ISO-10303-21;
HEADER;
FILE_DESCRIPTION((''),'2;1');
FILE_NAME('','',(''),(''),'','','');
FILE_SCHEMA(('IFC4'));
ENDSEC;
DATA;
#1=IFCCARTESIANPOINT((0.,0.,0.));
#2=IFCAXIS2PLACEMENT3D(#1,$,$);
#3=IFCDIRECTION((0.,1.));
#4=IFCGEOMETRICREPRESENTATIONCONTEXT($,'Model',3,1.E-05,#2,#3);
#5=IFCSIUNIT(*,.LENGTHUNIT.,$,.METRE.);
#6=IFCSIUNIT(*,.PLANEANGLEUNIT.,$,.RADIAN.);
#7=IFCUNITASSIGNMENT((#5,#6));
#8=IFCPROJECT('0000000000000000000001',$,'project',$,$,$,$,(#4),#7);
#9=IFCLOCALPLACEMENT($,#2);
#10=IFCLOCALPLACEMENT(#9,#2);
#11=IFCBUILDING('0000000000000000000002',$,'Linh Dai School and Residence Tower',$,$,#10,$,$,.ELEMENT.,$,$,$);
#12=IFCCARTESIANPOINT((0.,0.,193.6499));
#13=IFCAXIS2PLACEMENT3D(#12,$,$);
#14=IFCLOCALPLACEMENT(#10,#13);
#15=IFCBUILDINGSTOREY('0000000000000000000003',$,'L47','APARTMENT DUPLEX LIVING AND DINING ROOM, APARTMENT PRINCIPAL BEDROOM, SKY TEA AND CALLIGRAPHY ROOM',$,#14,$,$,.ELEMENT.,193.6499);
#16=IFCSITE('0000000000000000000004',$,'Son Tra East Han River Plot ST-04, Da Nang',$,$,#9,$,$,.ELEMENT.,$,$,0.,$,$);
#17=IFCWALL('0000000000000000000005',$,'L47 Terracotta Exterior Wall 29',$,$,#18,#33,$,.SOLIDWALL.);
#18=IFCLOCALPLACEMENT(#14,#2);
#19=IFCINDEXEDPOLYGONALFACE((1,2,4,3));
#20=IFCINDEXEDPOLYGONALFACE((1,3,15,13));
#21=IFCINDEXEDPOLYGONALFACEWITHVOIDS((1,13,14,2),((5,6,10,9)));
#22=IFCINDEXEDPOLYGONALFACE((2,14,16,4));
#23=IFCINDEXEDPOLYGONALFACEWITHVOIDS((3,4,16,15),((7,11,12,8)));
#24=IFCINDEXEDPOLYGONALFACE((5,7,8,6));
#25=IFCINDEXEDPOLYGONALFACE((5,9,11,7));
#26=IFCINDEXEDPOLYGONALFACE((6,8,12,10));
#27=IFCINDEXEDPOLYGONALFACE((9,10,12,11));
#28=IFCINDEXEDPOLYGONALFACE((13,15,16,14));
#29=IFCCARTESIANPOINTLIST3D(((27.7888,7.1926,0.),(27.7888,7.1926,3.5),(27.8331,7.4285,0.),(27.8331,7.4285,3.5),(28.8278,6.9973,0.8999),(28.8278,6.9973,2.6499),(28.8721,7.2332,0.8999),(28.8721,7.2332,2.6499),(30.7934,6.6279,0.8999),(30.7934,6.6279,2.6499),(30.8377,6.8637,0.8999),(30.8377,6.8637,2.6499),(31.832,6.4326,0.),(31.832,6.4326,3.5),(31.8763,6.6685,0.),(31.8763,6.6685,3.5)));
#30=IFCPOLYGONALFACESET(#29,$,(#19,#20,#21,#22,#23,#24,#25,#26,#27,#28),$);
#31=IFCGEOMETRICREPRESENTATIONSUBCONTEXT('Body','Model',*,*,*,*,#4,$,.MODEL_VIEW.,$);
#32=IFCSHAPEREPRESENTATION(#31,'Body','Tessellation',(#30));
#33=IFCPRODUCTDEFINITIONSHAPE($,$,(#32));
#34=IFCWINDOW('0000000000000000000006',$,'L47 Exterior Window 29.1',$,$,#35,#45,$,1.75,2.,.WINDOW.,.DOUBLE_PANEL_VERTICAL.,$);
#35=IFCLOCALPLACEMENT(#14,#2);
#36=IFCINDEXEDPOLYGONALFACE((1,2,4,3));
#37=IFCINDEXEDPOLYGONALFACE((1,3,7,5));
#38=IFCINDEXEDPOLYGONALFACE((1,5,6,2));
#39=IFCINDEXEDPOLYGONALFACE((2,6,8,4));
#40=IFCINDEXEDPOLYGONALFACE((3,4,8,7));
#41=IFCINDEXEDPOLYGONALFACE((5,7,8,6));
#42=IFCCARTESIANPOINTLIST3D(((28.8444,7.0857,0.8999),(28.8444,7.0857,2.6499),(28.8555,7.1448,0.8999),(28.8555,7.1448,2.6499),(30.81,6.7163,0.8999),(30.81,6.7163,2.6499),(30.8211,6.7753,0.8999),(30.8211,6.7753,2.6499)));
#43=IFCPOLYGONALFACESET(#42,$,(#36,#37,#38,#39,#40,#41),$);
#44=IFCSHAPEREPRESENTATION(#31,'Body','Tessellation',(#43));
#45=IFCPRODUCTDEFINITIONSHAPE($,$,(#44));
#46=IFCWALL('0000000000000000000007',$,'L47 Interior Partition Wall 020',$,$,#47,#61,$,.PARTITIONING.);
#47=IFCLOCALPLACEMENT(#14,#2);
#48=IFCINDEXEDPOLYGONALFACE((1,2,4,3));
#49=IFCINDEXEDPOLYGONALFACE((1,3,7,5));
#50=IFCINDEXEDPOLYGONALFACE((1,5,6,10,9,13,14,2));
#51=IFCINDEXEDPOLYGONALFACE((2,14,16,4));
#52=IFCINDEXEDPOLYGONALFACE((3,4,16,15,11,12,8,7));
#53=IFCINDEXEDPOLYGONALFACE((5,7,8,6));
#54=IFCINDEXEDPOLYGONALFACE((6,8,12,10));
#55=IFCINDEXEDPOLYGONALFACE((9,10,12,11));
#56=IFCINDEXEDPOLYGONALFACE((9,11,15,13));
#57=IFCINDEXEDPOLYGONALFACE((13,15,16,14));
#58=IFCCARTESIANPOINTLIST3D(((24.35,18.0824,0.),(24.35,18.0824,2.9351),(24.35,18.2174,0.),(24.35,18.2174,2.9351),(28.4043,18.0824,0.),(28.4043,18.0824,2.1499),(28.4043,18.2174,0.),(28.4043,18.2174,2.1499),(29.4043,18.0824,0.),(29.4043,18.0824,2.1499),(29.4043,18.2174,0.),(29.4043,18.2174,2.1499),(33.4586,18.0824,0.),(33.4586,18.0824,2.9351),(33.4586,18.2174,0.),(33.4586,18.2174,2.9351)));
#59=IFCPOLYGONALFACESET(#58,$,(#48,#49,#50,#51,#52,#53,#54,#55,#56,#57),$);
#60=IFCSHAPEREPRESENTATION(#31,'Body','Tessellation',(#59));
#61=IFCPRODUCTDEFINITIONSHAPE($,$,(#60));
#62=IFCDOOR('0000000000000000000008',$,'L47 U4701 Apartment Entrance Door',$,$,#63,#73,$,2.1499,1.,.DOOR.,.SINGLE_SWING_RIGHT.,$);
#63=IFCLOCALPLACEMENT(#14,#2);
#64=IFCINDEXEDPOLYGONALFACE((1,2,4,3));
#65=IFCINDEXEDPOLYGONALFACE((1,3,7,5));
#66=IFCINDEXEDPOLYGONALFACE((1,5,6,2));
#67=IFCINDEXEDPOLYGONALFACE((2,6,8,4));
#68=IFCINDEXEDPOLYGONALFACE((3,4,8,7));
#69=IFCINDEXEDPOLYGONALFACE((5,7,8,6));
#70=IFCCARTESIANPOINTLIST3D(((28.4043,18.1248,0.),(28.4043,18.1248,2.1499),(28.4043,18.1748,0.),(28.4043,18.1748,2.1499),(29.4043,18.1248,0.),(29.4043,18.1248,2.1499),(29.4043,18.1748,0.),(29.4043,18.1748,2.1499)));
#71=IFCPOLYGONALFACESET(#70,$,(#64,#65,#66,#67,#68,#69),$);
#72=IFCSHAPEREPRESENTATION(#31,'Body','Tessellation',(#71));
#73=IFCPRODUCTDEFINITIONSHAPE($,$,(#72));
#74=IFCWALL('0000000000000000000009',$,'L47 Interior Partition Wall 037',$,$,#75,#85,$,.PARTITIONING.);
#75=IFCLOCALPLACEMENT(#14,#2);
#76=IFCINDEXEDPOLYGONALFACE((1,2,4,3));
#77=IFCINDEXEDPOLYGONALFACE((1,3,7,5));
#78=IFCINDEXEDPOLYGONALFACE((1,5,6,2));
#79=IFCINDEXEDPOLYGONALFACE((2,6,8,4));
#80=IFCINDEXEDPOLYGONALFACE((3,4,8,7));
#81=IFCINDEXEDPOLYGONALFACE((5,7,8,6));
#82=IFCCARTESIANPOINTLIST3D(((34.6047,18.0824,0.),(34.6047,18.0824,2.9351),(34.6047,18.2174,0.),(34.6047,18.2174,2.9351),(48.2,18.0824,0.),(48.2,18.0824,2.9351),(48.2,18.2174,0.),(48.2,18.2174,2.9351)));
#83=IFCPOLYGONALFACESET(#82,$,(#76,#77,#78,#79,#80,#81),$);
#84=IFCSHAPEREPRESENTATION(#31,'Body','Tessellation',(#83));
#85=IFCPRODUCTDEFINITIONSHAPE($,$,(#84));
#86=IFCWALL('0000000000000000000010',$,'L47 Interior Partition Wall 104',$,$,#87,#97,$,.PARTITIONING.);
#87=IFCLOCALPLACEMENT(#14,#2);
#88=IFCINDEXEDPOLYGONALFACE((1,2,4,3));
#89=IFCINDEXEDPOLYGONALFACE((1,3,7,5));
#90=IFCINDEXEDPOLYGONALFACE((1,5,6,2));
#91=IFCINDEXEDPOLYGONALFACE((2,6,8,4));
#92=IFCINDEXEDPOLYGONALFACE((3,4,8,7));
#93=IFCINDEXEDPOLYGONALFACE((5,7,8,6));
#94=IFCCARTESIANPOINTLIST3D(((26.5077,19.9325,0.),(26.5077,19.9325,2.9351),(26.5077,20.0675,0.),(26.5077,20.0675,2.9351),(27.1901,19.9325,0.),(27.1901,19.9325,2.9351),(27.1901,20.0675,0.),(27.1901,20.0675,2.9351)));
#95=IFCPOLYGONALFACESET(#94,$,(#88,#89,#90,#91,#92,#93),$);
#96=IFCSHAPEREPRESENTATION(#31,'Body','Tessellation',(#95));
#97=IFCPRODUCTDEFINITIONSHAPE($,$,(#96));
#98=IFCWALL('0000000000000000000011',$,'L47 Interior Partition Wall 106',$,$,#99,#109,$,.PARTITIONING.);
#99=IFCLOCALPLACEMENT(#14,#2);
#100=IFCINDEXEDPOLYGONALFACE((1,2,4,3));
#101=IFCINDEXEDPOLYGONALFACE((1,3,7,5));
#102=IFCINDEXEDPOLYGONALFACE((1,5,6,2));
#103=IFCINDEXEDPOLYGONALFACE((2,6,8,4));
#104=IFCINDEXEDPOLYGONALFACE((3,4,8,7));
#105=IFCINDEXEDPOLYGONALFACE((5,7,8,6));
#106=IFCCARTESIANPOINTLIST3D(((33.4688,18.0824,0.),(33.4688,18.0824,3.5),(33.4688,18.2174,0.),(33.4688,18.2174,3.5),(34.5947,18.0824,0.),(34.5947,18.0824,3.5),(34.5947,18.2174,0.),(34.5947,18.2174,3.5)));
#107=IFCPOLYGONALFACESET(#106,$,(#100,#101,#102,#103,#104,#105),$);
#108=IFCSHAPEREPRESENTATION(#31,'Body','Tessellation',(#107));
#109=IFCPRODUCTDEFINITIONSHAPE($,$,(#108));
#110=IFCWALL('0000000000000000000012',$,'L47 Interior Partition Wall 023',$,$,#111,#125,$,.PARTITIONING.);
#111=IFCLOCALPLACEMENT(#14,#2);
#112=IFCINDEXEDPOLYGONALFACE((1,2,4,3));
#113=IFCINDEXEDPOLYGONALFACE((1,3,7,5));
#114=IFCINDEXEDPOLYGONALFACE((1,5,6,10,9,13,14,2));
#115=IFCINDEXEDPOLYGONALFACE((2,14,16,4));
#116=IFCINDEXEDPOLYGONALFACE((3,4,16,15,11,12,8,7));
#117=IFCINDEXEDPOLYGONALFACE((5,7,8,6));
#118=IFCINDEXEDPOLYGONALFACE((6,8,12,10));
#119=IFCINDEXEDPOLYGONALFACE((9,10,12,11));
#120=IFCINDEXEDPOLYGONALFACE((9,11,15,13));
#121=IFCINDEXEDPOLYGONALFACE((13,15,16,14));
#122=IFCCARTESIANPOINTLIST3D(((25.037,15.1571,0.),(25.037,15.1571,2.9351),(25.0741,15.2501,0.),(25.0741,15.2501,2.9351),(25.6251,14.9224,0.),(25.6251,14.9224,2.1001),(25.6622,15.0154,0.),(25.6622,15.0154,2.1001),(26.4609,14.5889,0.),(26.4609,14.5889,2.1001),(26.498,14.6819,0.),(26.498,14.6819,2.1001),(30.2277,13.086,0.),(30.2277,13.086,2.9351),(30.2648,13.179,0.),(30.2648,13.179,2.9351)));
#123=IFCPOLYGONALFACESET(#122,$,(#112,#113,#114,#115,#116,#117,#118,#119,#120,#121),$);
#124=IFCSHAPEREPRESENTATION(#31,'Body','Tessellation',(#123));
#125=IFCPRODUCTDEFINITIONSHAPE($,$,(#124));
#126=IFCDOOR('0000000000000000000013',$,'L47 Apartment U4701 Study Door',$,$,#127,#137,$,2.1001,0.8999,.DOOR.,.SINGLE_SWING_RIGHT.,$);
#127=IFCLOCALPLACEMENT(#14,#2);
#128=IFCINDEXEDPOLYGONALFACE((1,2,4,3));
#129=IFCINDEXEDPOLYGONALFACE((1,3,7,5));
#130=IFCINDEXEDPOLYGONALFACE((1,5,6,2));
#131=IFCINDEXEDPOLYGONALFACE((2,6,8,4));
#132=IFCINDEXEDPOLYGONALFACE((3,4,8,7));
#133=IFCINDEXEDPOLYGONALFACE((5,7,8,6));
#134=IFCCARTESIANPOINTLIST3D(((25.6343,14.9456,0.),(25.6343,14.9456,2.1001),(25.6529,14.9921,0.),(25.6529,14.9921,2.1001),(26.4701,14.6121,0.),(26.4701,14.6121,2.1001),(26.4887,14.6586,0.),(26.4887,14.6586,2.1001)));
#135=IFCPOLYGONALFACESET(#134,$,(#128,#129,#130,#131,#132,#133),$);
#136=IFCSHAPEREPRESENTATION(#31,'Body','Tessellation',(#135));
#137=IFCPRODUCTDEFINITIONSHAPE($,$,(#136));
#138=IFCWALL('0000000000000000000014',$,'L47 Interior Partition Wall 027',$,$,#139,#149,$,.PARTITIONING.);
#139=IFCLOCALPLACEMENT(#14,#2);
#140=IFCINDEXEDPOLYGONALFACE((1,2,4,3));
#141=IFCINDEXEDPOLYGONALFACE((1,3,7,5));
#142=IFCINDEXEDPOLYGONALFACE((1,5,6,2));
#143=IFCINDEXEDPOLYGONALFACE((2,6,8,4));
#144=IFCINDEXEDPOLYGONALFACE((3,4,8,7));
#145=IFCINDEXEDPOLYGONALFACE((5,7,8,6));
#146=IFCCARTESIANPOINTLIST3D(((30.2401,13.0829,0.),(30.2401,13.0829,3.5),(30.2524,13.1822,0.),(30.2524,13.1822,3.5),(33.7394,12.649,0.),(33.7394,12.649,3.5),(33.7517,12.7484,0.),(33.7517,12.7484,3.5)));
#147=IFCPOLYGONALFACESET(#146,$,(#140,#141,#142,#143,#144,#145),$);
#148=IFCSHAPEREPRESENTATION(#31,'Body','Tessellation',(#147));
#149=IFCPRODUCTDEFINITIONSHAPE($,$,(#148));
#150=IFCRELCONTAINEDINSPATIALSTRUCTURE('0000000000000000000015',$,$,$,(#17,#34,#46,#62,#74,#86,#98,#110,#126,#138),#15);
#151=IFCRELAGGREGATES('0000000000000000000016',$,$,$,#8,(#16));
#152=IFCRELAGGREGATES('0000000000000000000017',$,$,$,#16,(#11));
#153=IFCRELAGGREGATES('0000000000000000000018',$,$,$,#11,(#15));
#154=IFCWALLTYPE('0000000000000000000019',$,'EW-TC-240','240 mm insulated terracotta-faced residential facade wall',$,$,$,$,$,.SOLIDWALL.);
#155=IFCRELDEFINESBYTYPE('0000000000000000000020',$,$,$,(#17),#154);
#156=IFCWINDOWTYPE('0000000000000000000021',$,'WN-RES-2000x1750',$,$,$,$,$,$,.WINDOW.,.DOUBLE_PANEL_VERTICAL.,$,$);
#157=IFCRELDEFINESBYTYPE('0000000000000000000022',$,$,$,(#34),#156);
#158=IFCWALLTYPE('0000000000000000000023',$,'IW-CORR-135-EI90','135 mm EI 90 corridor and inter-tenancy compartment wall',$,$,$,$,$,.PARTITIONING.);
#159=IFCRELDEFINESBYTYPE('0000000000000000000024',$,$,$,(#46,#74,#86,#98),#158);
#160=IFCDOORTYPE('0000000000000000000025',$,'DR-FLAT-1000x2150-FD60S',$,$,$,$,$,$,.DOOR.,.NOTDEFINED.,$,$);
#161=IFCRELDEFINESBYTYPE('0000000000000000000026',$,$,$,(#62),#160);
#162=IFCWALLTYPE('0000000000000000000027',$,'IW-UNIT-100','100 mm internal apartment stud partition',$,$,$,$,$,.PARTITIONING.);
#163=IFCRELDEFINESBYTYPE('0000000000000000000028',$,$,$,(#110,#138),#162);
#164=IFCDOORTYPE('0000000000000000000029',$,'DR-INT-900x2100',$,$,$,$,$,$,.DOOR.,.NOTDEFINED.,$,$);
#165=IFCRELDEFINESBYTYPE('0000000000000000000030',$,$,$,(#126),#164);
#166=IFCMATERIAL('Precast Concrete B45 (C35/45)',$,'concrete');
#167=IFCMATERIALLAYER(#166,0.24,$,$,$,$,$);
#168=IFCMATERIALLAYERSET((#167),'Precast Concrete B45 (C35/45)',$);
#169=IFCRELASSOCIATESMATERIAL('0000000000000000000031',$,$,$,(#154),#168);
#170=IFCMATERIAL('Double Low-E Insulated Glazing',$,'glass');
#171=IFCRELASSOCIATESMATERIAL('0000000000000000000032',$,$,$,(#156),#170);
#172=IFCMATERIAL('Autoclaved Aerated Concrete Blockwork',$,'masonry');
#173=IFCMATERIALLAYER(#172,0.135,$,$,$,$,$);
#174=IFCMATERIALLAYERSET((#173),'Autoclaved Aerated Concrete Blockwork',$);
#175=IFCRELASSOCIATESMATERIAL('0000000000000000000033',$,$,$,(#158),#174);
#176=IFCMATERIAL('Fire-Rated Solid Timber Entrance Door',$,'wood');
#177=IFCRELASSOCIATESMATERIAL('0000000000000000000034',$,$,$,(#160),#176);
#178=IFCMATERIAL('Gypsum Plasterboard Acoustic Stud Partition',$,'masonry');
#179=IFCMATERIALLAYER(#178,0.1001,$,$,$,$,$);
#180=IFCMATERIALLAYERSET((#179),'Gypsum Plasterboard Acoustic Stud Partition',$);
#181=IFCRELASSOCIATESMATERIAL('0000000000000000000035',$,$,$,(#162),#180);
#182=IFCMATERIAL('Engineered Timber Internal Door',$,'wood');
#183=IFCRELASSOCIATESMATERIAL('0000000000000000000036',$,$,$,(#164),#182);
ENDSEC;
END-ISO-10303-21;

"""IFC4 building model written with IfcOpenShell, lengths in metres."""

from ifc_helpers import new_model, si_unit, direction, frame, frame_2d, origin, origin_2d, place, context, subcontext, project, spatial, rectangle, extrude, source, transform, mapped, material, layer, layer_set, type_object, element, fill, save


model = new_model("IFC4")

# Units and contexts
model_context = context("Model", 3, precision=1e-05, world=origin(), true_north=direction((0.0, 1.0)))
body_context = subcontext(model_context, "Body", "Model", "MODEL_VIEW")
ifc_project = project(units=[si_unit("LENGTHUNIT", "METRE"), si_unit("PLANEANGLEUNIT", "RADIAN")], contexts=[model_context])

# Site, building, storey
site_placement = place(None, origin())
site = spatial("IfcSite", under=ifc_project, at=site_placement, Name="Son Tra East Han River Plot ST-04, Da Nang", CompositionType="ELEMENT", RefElevation=0.0)
building_placement = place(site_placement, origin())
building = spatial("IfcBuilding", under=site, at=building_placement, Name="Linh Dai School and Residence Tower", CompositionType="ELEMENT")
storey_placement = place(building_placement, frame((0.0, 0.0, 193.6499)))
storey = spatial("IfcBuildingStorey", under=building, at=storey_placement, Name="L47", Description="APARTMENT DUPLEX LIVING AND DINING ROOM, APARTMENT PRINCIPAL BEDROOM, SKY TEA AND CALLIGRAPHY ROOM", CompositionType="ELEMENT", Elevation=193.6499)

# Shared definitions
ifc_material_1 = material(Name="Precast Concrete B45 (C35/45)", Category="concrete")

# Wall, opening, window
ifc_layer_1 = layer(ifc_material_1, 0.24)
ifc_layer_set_1 = layer_set([ifc_layer_1], Name="Precast Concrete B45 (C35/45)")
wall_type_1 = type_object("IfcWallType", Name="EW-TC-240", Description="240 mm insulated terracotta-faced residential facade wall", PredefinedType="SOLIDWALL", material=ifc_layer_set_1)
ifc_material_2 = material(Name="Double Low-E Insulated Glazing", Category="glass")
window_type = type_object("IfcWindowType", Name="WN-RES-2000x1750", PartitioningType="DOUBLE_PANEL_VERTICAL", PredefinedType="WINDOW", material=ifc_material_2)
shared_shape_1 = source(origin(), body_context, "Body", "SweptSolid", [
    extrude(rectangle(XDim=2.0, YDim=1.75, at=origin_2d()), frame((1.0, 0.03, 0.875), z_axis=(0.0, -1.0, 0.0), x_axis=(1.0, 0.0, 0.0)), (0.0, 0.0, 1.0), 0.0601),
])
wall_1_placement = place(storey_placement, frame((31.8542, 6.5505, 0.0), z_axis=(0.0, 0.0, 1.0), x_axis=(-0.982788, 0.184736, 0.0)))
wall_1 = element("IfcWall", 1, at=wall_1_placement, inside=storey, type_object=wall_type_1, Name="L47 Terracotta Exterior Wall 29", PredefinedType="SOLIDWALL", context=body_context, shape_type="SweptSolid", body=[
    extrude(rectangle(XDim=4.114, YDim=0.24, at=frame_2d((2.0571, 0.0))), origin(), (0.0, 0.0, 1.0), 3.5),
])
opening_1_placement = place(wall_1_placement, frame((1.0569, 0.0, 0.8999)))
opening_1 = element("IfcOpeningElement", 2, at=opening_1_placement, cuts=wall_1, PredefinedType="OPENING", context=body_context, shape_type="SweptSolid", body=[
    extrude(rectangle(XDim=2.0, YDim=1.75, at=origin_2d()), frame((1.0, 0.1299, 0.875), z_axis=(0.0, -1.0, 0.0), x_axis=(1.0, 0.0, 0.0)), (0.0, 0.0, 1.0), 0.26),
])
window_1_placement = place(opening_1_placement, origin())
window_1 = element("IfcWindow", 3, at=window_1_placement, inside=storey, type_object=window_type, Name="L47 Exterior Window 29.1", OverallHeight=1.75, OverallWidth=2.0, PartitioningType="DOUBLE_PANEL_VERTICAL", PredefinedType="WINDOW", context=body_context, shape_type="MappedRepresentation", body=[
    mapped(shared_shape_1, transform((0.0, 0.0, 0.0), x_axis=(1.0, 0.0, 0.0), y_axis=(0.0, 1.0, 0.0), z_axis=(0.0, 0.0, 1.0), scale=1.0)),
])
fill(opening_1, window_1)

# Wall, opening, door
ifc_material_3 = material(Name="Autoclaved Aerated Concrete Blockwork", Category="masonry")
ifc_layer_2 = layer(ifc_material_3, 0.135)
ifc_layer_set_2 = layer_set([ifc_layer_2], Name="Autoclaved Aerated Concrete Blockwork")
wall_type_2 = type_object("IfcWallType", Name="IW-CORR-135-EI90", Description="135 mm EI 90 corridor and inter-tenancy compartment wall", PredefinedType="PARTITIONING", material=ifc_layer_set_2)
wall_2_placement = place(storey_placement, frame((24.3501, 18.1499, 0.0), z_axis=(0.0, 0.0, 1.0), x_axis=(1.0, 0.0, 0.0)))
wall_2 = element("IfcWall", 4, at=wall_2_placement, inside=storey, type_object=wall_type_2, Name="L47 Interior Partition Wall 020", PredefinedType="PARTITIONING", context=body_context, shape_type="SweptSolid", body=[
    extrude(rectangle(XDim=9.1086, YDim=0.135, at=frame_2d((4.5542, 0.0))), origin(), (0.0, 0.0, 1.0), 2.9351),
])
opening_2_placement = place(wall_2_placement, frame((4.0542, 0.0, 0.0)))
opening_2 = element("IfcOpeningElement", 5, at=opening_2_placement, cuts=wall_2, PredefinedType="OPENING", context=body_context, shape_type="SweptSolid", body=[
    extrude(rectangle(XDim=1.0, YDim=2.1499, at=origin_2d()), frame((0.5, 0.0776, 1.075), z_axis=(0.0, -1.0, 0.0), x_axis=(1.0, 0.0, 0.0)), (0.0, 0.0, 1.0), 0.155),
])
ifc_material_4 = material(Name="Fire-Rated Solid Timber Entrance Door", Category="wood")
door_type_1 = type_object("IfcDoorType", Name="DR-FLAT-1000x2150-FD60S", OperationType="NOTDEFINED", PredefinedType="DOOR", material=ifc_material_4)
shared_shape_2 = source(origin(), body_context, "Body", "SweptSolid", [
    extrude(rectangle(XDim=1.0, YDim=2.1499, at=origin_2d()), frame((0.5, 0.0249, 1.075), z_axis=(0.0, -1.0, 0.0), x_axis=(1.0, 0.0, 0.0)), (0.0, 0.0, 1.0), 0.05),
])
door_1_placement = place(opening_2_placement, origin())
door_1 = element("IfcDoor", 6, at=door_1_placement, inside=storey, type_object=door_type_1, Name="L47 U4701 Apartment Entrance Door", OperationType="SINGLE_SWING_RIGHT", OverallHeight=2.1499, OverallWidth=1.0, PredefinedType="DOOR", context=body_context, shape_type="MappedRepresentation", body=[
    mapped(shared_shape_2, transform((0.0, 0.0, 0.0), x_axis=(1.0, 0.0, 0.0), y_axis=(0.0, 1.0, 0.0), z_axis=(0.0, 0.0, 1.0), scale=1.0)),
])
fill(opening_2, door_1)

# Walls
wall_3_placement = place(storey_placement, frame((34.6047, 18.1499, 0.0), z_axis=(0.0, 0.0, 1.0), x_axis=(1.0, 0.0, 0.0)))
element("IfcWall", 7, at=wall_3_placement, inside=storey, type_object=wall_type_2, Name="L47 Interior Partition Wall 037", PredefinedType="PARTITIONING", context=body_context, shape_type="SweptSolid", body=[
    extrude(rectangle(XDim=13.5952, YDim=0.135, at=frame_2d((6.7976, 0.0))), origin(), (0.0, 0.0, 1.0), 2.9351),
])
wall_4_placement = place(storey_placement, frame((26.5076, 20.0, 0.0), z_axis=(0.0, 0.0, 1.0), x_axis=(1.0, 0.0, 0.0)))
element("IfcWall", 8, at=wall_4_placement, inside=storey, type_object=wall_type_2, Name="L47 Interior Partition Wall 104", PredefinedType="PARTITIONING", context=body_context, shape_type="SweptSolid", body=[
    extrude(rectangle(XDim=0.6824, YDim=0.135, at=frame_2d((0.3413, 0.0))), origin(), (0.0, 0.0, 1.0), 2.9351),
])
wall_5_placement = place(storey_placement, frame((34.5947, 18.1499, 0.0), z_axis=(0.0, 0.0, 1.0), x_axis=(-1.0, 0.0, 0.0)))
element("IfcWall", 9, at=wall_5_placement, inside=storey, type_object=wall_type_2, Name="L47 Interior Partition Wall 106", PredefinedType="PARTITIONING", context=body_context, shape_type="SweptSolid", body=[
    extrude(rectangle(XDim=1.126, YDim=0.135, at=frame_2d((0.563, 0.0))), origin(), (0.0, 0.0, 1.0), 3.5),
])

# Wall, opening, door
ifc_material_5 = material(Name="Gypsum Plasterboard Acoustic Stud Partition", Category="masonry")
ifc_layer_3 = layer(ifc_material_5, 0.1001)
ifc_layer_set_3 = layer_set([ifc_layer_3], Name="Gypsum Plasterboard Acoustic Stud Partition")
wall_type_3 = type_object("IfcWallType", Name="IW-UNIT-100", Description="100 mm internal apartment stud partition", PredefinedType="PARTITIONING", material=ifc_layer_set_3)
wall_6_placement = place(storey_placement, frame((25.0554, 15.2036, 0.0), z_axis=(0.0, 0.0, 1.0), x_axis=(0.928799, -0.370585, 0.0)))
wall_6 = element("IfcWall", 10, at=wall_6_placement, inside=storey, type_object=wall_type_3, Name="L47 Interior Partition Wall 023", PredefinedType="PARTITIONING", context=body_context, shape_type="SweptSolid", body=[
    extrude(rectangle(XDim=5.5886, YDim=0.1001, at=frame_2d((2.7944, 0.0))), origin(), (0.0, 0.0, 1.0), 2.9351),
])
opening_3_placement = place(wall_6_placement, frame((0.6333, 0.0, 0.0)))
opening_3 = element("IfcOpeningElement", 11, at=opening_3_placement, cuts=wall_6, PredefinedType="OPENING", context=body_context, shape_type="SweptSolid", body=[
    extrude(rectangle(XDim=0.8999, YDim=2.1001, at=origin_2d()), frame((0.45, 0.0601, 1.05), z_axis=(0.0, -1.0, 0.0), x_axis=(1.0, 0.0, 0.0)), (0.0, 0.0, 1.0), 0.1201),
])
ifc_material_6 = material(Name="Engineered Timber Internal Door", Category="wood")
door_type_2 = type_object("IfcDoorType", Name="DR-INT-900x2100", OperationType="NOTDEFINED", PredefinedType="DOOR", material=ifc_material_6)
shared_shape_3 = source(origin(), body_context, "Body", "SweptSolid", [
    extrude(rectangle(XDim=0.8999, YDim=2.1001, at=origin_2d()), frame((0.45, 0.0249, 1.05), z_axis=(0.0, -1.0, 0.0), x_axis=(1.0, 0.0, 0.0)), (0.0, 0.0, 1.0), 0.05),
])
door_2_placement = place(opening_3_placement, origin())
door_2 = element("IfcDoor", 12, at=door_2_placement, inside=storey, type_object=door_type_2, Name="L47 Apartment U4701 Study Door", OperationType="SINGLE_SWING_RIGHT", OverallHeight=2.1001, OverallWidth=0.8999, PredefinedType="DOOR", context=body_context, shape_type="MappedRepresentation", body=[
    mapped(shared_shape_3, transform((0.0, 0.0, 0.0), x_axis=(1.0, 0.0, 0.0), y_axis=(0.0, 1.0, 0.0), z_axis=(0.0, 0.0, 1.0), scale=1.0)),
])
fill(opening_3, door_2)

# Wall
wall_7_placement = place(storey_placement, frame((30.2461, 13.1326, 0.0), z_axis=(0.0, 0.0, 1.0), x_axis=(0.992402, -0.123038, 0.0)))
element("IfcWall", 13, at=wall_7_placement, inside=storey, type_object=wall_type_3, Name="L47 Interior Partition Wall 027", PredefinedType="PARTITIONING", context=body_context, shape_type="SweptSolid", body=[
    extrude(rectangle(XDim=3.5261, YDim=0.1001, at=frame_2d((1.7632, 0.0))), origin(), (0.0, 0.0, 1.0), 3.5),
])

save(model, "model.ifc")
